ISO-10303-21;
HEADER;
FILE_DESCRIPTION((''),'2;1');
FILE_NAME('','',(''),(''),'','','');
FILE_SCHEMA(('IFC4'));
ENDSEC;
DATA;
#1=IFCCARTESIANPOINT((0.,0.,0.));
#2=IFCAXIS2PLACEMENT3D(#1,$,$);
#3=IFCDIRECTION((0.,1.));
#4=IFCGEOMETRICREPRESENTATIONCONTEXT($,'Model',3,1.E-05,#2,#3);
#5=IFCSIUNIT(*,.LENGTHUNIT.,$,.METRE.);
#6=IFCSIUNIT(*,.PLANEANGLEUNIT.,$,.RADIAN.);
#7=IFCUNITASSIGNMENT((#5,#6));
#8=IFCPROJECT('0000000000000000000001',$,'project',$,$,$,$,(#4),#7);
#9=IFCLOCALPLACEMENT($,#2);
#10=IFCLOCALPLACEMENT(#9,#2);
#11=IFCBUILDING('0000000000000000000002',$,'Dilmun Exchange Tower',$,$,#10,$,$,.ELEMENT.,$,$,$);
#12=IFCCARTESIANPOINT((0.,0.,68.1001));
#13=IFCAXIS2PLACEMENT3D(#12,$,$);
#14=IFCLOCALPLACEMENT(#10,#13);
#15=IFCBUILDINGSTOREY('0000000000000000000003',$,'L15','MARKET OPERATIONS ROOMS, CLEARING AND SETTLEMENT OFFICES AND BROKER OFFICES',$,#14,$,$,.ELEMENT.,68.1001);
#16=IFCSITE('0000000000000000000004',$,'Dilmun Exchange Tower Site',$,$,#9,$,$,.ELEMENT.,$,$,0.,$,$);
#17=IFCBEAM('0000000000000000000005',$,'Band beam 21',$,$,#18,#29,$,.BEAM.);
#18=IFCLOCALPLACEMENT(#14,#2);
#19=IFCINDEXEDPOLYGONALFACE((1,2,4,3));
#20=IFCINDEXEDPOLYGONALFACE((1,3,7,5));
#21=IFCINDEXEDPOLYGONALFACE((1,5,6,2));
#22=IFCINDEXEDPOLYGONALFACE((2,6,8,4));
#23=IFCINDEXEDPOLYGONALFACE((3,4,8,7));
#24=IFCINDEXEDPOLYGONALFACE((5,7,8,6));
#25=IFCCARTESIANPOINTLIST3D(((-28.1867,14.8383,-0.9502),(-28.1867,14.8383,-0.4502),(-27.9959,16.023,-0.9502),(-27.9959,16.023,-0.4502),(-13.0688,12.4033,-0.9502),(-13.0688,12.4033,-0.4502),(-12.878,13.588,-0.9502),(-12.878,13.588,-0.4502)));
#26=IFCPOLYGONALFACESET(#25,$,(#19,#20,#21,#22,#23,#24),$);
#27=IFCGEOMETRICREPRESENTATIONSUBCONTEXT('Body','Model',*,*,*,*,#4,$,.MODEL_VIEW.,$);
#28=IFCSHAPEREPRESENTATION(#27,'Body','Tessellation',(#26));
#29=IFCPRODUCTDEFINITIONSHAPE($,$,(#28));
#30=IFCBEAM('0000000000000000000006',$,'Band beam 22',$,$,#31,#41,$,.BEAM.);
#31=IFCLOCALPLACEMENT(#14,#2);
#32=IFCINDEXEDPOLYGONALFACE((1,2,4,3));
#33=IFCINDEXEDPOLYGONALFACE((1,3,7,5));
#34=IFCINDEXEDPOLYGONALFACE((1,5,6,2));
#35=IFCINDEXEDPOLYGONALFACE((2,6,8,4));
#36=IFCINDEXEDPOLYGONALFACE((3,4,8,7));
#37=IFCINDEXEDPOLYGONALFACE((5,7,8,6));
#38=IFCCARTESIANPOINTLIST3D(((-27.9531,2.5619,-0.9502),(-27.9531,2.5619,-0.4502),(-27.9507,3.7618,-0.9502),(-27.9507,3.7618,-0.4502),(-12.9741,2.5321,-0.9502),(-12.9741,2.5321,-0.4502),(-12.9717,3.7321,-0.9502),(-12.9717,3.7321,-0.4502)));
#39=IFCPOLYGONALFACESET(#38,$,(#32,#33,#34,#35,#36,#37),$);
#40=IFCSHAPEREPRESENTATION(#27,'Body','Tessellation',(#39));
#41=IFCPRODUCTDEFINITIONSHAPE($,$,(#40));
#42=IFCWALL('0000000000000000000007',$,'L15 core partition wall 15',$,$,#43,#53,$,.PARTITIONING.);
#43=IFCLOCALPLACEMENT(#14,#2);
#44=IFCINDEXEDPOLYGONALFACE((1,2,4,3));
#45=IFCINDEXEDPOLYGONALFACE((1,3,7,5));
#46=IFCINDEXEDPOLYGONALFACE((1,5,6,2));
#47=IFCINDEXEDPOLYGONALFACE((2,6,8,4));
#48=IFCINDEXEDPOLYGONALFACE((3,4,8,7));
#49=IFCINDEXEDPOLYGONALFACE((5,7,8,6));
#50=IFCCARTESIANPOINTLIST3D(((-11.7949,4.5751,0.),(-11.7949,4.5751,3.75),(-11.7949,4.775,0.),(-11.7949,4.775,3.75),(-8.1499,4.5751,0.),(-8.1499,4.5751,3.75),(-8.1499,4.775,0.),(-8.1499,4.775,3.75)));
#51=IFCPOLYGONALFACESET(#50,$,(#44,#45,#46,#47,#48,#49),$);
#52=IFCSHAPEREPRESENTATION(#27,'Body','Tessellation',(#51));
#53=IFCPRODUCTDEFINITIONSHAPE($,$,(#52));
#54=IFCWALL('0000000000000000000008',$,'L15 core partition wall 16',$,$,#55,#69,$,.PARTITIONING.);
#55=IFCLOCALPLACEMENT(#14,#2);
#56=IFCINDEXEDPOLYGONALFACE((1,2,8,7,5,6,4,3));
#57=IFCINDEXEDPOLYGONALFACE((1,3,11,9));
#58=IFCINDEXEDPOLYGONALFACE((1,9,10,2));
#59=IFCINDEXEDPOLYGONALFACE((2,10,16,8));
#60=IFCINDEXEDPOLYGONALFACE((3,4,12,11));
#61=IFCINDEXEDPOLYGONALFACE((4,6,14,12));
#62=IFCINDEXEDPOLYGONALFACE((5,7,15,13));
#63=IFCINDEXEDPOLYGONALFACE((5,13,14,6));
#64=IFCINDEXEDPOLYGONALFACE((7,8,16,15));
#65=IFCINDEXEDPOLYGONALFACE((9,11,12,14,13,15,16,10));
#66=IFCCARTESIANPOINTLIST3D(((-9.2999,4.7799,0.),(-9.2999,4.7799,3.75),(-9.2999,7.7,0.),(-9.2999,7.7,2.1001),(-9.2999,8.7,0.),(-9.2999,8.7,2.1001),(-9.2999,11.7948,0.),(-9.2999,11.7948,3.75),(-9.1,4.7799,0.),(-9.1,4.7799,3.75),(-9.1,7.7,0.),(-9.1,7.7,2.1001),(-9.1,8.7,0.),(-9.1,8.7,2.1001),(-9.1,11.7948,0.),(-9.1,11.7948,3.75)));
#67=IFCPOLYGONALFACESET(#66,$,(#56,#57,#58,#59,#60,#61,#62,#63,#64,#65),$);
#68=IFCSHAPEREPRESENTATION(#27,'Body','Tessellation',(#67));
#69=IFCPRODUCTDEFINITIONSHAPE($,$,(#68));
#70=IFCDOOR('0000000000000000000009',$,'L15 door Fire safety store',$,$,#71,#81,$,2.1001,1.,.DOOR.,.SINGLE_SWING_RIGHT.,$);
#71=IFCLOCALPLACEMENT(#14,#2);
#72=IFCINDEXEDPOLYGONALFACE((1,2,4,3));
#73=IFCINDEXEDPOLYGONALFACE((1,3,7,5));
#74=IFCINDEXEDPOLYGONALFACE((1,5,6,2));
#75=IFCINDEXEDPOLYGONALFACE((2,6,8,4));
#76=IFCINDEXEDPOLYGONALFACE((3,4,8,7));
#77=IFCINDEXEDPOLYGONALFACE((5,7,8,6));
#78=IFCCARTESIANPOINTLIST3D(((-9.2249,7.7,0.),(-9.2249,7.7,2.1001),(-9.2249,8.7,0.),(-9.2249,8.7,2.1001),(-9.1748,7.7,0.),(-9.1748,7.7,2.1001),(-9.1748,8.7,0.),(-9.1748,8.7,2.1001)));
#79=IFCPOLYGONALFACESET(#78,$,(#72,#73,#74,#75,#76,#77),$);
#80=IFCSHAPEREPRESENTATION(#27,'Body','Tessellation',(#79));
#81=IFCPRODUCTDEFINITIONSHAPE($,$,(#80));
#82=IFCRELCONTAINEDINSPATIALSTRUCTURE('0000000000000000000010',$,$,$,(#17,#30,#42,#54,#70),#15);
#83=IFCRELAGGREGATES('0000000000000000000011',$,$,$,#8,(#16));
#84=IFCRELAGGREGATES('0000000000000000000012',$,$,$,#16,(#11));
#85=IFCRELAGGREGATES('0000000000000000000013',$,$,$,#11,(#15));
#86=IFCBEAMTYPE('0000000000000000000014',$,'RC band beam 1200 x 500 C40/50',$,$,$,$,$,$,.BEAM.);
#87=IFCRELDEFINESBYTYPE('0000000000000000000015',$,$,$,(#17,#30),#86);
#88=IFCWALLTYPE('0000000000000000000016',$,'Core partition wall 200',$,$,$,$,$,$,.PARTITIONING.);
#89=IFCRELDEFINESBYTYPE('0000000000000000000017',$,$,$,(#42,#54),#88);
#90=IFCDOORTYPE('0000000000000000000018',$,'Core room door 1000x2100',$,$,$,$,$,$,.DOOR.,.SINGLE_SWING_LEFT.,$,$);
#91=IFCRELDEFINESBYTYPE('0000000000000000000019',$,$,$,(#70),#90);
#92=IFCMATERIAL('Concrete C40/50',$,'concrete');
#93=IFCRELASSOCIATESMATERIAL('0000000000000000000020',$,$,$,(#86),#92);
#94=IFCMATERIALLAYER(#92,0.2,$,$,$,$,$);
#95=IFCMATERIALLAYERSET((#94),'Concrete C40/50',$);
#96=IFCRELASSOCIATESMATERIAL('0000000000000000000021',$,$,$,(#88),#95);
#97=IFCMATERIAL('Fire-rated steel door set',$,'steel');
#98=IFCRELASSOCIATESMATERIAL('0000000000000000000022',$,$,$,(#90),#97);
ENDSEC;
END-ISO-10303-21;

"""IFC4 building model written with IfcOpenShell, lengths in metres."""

from ifc_helpers import new_model, si_unit, direction, frame, frame_2d, origin, origin_2d, place, context, subcontext, project, spatial, rectangle, extrude, material, layer, layer_set, material_profile, profile_set, type_object, element, fill, save


model = new_model("IFC4")

# Units and contexts
model_context = context("Model", 3, precision=1e-05, world=origin(), true_north=direction((0.0, 1.0)))
body_context = subcontext(model_context, "Body", "Model", "MODEL_VIEW")
ifc_project = project(units=[si_unit("LENGTHUNIT", "METRE"), si_unit("PLANEANGLEUNIT", "RADIAN")], contexts=[model_context])

# Site, building, storey
site_placement = place(None, origin())
site = spatial("IfcSite", under=ifc_project, at=site_placement, Name="Dilmun Exchange Tower Site", CompositionType="ELEMENT", RefElevation=0.0)
building_placement = place(site_placement, origin())
building = spatial("IfcBuilding", under=site, at=building_placement, Name="Dilmun Exchange Tower", CompositionType="ELEMENT")
storey_placement = place(building_placement, frame((0.0, 0.0, 68.1001)))
storey = spatial("IfcBuildingStorey", under=building, at=storey_placement, Name="L15", Description="MARKET OPERATIONS ROOMS, CLEARING AND SETTLEMENT OFFICES AND BROKER OFFICES", CompositionType="ELEMENT", Elevation=68.1001)

# Beams
ifc_material_1 = material(Name="Concrete C40/50", Category="concrete")
ifc_material_profile = material_profile(ifc_material_1, rectangle(XDim=1.2, YDim=0.5, at=origin_2d()), Name="1200 x 500")
ifc_profile_set = profile_set([ifc_material_profile], Name="Concrete C40/50")
beam_type = type_object("IfcBeamType", Name="RC band beam 1200 x 500 C40/50", PredefinedType="BEAM", material=ifc_profile_set)
beam_1_placement = place(storey_placement, frame((-28.0913, 15.4307, -0.7002), z_axis=(0.987275, -0.159021, 0.0), x_axis=(0.159021, 0.987275, 0.0)))
element("IfcBeam", 1, at=beam_1_placement, inside=storey, type_object=beam_type, Name="Band beam 21", PredefinedType="BEAM", context=body_context, shape_type="SweptSolid", body=[
    extrude(rectangle(XDim=1.2, YDim=0.5, at=origin_2d()), origin(), (0.0, 0.0, 1.0), 15.3127),
])
beam_2_placement = place(storey_placement, frame((-27.9519, 3.1619, -0.7002), z_axis=(0.999998, -0.001988, 0.0), x_axis=(0.001988, 0.999998, 0.0)))
element("IfcBeam", 2, at=beam_2_placement, inside=storey, type_object=beam_type, Name="Band beam 22", PredefinedType="BEAM", context=body_context, shape_type="SweptSolid", body=[
    extrude(rectangle(XDim=1.2, YDim=0.5, at=origin_2d()), origin(), (0.0, 0.0, 1.0), 14.979),
])

# Wall
ifc_layer_1 = layer(ifc_material_1, 0.2)
ifc_layer_set_1 = layer_set([ifc_layer_1], Name="Concrete C40/50")
wall_type_1 = type_object("IfcWallType", Name="Core partition wall 200", PredefinedType="PARTITIONING", material=ifc_layer_set_1)
wall_1_placement = place(storey_placement, frame((-11.7949, 4.675, 0.0), z_axis=(0.0, 0.0, 1.0), x_axis=(1.0, 0.0, 0.0)))
element("IfcWall", 3, at=wall_1_placement, inside=storey, type_object=wall_type_1, Name="L15 core partition wall 15", PredefinedType="PARTITIONING", context=body_context, shape_type="SweptSolid", body=[
    extrude(rectangle(XDim=3.645, YDim=0.2, at=frame_2d((1.8225, 0.0))), origin(), (0.0, 0.0, 1.0), 3.75),
])

# Wall, opening, door
wall_2_placement = place(storey_placement, frame((-9.2, 4.78, 0.0), z_axis=(0.0, 0.0, 1.0), x_axis=(0.0, 1.0, 0.0)))
wall_2 = element("IfcWall", 4, at=wall_2_placement, inside=storey, type_object=wall_type_1, Name="L15 core partition wall 16", PredefinedType="PARTITIONING", context=body_context, shape_type="SweptSolid", body=[
    extrude(rectangle(XDim=7.0149, YDim=0.2, at=frame_2d((3.5073, 0.0))), origin(), (0.0, 0.0, 1.0), 3.75),
])
opening_1_placement = place(wall_2_placement, frame((2.9199, 0.0, 0.0)))
opening_1 = element("IfcOpeningElement", 5, at=opening_1_placement, cuts=wall_2, PredefinedType="OPENING", context=body_context, shape_type="SweptSolid", body=[
    extrude(rectangle(XDim=1.0, YDim=2.1001, at=frame_2d((0.5, 1.05))), frame((0.0, 0.1099, 0.0), z_axis=(0.0, -1.0, 0.0), x_axis=(1.0, 0.0, 0.0)), (0.0, 0.0, 1.0), 0.22),
])
ifc_material_2 = material(Name="Fire-rated steel door set", Category="steel")
door_type_1 = type_object("IfcDoorType", Name="Core room door 1000x2100", OperationType="SINGLE_SWING_LEFT", PredefinedType="DOOR", material=ifc_material_2)
door_1_placement = place(opening_1_placement, origin())
door_1 = element("IfcDoor", 6, at=door_1_placement, inside=storey, type_object=door_type_1, Name="L15 door Fire safety store", OperationType="SINGLE_SWING_RIGHT", OverallHeight=2.1001, OverallWidth=1.0, PredefinedType="DOOR", context=body_context, shape_type="SweptSolid", body=[
    extrude(rectangle(XDim=1.0, YDim=2.1001, at=frame_2d((0.5, 1.05))), frame((0.0, 0.0249, 0.0), z_axis=(0.0, -1.0, 0.0), x_axis=(1.0, 0.0, 0.0)), (0.0, 0.0, 1.0), 0.05),
])
fill(opening_1, door_1)

save(model, "model.ifc")
